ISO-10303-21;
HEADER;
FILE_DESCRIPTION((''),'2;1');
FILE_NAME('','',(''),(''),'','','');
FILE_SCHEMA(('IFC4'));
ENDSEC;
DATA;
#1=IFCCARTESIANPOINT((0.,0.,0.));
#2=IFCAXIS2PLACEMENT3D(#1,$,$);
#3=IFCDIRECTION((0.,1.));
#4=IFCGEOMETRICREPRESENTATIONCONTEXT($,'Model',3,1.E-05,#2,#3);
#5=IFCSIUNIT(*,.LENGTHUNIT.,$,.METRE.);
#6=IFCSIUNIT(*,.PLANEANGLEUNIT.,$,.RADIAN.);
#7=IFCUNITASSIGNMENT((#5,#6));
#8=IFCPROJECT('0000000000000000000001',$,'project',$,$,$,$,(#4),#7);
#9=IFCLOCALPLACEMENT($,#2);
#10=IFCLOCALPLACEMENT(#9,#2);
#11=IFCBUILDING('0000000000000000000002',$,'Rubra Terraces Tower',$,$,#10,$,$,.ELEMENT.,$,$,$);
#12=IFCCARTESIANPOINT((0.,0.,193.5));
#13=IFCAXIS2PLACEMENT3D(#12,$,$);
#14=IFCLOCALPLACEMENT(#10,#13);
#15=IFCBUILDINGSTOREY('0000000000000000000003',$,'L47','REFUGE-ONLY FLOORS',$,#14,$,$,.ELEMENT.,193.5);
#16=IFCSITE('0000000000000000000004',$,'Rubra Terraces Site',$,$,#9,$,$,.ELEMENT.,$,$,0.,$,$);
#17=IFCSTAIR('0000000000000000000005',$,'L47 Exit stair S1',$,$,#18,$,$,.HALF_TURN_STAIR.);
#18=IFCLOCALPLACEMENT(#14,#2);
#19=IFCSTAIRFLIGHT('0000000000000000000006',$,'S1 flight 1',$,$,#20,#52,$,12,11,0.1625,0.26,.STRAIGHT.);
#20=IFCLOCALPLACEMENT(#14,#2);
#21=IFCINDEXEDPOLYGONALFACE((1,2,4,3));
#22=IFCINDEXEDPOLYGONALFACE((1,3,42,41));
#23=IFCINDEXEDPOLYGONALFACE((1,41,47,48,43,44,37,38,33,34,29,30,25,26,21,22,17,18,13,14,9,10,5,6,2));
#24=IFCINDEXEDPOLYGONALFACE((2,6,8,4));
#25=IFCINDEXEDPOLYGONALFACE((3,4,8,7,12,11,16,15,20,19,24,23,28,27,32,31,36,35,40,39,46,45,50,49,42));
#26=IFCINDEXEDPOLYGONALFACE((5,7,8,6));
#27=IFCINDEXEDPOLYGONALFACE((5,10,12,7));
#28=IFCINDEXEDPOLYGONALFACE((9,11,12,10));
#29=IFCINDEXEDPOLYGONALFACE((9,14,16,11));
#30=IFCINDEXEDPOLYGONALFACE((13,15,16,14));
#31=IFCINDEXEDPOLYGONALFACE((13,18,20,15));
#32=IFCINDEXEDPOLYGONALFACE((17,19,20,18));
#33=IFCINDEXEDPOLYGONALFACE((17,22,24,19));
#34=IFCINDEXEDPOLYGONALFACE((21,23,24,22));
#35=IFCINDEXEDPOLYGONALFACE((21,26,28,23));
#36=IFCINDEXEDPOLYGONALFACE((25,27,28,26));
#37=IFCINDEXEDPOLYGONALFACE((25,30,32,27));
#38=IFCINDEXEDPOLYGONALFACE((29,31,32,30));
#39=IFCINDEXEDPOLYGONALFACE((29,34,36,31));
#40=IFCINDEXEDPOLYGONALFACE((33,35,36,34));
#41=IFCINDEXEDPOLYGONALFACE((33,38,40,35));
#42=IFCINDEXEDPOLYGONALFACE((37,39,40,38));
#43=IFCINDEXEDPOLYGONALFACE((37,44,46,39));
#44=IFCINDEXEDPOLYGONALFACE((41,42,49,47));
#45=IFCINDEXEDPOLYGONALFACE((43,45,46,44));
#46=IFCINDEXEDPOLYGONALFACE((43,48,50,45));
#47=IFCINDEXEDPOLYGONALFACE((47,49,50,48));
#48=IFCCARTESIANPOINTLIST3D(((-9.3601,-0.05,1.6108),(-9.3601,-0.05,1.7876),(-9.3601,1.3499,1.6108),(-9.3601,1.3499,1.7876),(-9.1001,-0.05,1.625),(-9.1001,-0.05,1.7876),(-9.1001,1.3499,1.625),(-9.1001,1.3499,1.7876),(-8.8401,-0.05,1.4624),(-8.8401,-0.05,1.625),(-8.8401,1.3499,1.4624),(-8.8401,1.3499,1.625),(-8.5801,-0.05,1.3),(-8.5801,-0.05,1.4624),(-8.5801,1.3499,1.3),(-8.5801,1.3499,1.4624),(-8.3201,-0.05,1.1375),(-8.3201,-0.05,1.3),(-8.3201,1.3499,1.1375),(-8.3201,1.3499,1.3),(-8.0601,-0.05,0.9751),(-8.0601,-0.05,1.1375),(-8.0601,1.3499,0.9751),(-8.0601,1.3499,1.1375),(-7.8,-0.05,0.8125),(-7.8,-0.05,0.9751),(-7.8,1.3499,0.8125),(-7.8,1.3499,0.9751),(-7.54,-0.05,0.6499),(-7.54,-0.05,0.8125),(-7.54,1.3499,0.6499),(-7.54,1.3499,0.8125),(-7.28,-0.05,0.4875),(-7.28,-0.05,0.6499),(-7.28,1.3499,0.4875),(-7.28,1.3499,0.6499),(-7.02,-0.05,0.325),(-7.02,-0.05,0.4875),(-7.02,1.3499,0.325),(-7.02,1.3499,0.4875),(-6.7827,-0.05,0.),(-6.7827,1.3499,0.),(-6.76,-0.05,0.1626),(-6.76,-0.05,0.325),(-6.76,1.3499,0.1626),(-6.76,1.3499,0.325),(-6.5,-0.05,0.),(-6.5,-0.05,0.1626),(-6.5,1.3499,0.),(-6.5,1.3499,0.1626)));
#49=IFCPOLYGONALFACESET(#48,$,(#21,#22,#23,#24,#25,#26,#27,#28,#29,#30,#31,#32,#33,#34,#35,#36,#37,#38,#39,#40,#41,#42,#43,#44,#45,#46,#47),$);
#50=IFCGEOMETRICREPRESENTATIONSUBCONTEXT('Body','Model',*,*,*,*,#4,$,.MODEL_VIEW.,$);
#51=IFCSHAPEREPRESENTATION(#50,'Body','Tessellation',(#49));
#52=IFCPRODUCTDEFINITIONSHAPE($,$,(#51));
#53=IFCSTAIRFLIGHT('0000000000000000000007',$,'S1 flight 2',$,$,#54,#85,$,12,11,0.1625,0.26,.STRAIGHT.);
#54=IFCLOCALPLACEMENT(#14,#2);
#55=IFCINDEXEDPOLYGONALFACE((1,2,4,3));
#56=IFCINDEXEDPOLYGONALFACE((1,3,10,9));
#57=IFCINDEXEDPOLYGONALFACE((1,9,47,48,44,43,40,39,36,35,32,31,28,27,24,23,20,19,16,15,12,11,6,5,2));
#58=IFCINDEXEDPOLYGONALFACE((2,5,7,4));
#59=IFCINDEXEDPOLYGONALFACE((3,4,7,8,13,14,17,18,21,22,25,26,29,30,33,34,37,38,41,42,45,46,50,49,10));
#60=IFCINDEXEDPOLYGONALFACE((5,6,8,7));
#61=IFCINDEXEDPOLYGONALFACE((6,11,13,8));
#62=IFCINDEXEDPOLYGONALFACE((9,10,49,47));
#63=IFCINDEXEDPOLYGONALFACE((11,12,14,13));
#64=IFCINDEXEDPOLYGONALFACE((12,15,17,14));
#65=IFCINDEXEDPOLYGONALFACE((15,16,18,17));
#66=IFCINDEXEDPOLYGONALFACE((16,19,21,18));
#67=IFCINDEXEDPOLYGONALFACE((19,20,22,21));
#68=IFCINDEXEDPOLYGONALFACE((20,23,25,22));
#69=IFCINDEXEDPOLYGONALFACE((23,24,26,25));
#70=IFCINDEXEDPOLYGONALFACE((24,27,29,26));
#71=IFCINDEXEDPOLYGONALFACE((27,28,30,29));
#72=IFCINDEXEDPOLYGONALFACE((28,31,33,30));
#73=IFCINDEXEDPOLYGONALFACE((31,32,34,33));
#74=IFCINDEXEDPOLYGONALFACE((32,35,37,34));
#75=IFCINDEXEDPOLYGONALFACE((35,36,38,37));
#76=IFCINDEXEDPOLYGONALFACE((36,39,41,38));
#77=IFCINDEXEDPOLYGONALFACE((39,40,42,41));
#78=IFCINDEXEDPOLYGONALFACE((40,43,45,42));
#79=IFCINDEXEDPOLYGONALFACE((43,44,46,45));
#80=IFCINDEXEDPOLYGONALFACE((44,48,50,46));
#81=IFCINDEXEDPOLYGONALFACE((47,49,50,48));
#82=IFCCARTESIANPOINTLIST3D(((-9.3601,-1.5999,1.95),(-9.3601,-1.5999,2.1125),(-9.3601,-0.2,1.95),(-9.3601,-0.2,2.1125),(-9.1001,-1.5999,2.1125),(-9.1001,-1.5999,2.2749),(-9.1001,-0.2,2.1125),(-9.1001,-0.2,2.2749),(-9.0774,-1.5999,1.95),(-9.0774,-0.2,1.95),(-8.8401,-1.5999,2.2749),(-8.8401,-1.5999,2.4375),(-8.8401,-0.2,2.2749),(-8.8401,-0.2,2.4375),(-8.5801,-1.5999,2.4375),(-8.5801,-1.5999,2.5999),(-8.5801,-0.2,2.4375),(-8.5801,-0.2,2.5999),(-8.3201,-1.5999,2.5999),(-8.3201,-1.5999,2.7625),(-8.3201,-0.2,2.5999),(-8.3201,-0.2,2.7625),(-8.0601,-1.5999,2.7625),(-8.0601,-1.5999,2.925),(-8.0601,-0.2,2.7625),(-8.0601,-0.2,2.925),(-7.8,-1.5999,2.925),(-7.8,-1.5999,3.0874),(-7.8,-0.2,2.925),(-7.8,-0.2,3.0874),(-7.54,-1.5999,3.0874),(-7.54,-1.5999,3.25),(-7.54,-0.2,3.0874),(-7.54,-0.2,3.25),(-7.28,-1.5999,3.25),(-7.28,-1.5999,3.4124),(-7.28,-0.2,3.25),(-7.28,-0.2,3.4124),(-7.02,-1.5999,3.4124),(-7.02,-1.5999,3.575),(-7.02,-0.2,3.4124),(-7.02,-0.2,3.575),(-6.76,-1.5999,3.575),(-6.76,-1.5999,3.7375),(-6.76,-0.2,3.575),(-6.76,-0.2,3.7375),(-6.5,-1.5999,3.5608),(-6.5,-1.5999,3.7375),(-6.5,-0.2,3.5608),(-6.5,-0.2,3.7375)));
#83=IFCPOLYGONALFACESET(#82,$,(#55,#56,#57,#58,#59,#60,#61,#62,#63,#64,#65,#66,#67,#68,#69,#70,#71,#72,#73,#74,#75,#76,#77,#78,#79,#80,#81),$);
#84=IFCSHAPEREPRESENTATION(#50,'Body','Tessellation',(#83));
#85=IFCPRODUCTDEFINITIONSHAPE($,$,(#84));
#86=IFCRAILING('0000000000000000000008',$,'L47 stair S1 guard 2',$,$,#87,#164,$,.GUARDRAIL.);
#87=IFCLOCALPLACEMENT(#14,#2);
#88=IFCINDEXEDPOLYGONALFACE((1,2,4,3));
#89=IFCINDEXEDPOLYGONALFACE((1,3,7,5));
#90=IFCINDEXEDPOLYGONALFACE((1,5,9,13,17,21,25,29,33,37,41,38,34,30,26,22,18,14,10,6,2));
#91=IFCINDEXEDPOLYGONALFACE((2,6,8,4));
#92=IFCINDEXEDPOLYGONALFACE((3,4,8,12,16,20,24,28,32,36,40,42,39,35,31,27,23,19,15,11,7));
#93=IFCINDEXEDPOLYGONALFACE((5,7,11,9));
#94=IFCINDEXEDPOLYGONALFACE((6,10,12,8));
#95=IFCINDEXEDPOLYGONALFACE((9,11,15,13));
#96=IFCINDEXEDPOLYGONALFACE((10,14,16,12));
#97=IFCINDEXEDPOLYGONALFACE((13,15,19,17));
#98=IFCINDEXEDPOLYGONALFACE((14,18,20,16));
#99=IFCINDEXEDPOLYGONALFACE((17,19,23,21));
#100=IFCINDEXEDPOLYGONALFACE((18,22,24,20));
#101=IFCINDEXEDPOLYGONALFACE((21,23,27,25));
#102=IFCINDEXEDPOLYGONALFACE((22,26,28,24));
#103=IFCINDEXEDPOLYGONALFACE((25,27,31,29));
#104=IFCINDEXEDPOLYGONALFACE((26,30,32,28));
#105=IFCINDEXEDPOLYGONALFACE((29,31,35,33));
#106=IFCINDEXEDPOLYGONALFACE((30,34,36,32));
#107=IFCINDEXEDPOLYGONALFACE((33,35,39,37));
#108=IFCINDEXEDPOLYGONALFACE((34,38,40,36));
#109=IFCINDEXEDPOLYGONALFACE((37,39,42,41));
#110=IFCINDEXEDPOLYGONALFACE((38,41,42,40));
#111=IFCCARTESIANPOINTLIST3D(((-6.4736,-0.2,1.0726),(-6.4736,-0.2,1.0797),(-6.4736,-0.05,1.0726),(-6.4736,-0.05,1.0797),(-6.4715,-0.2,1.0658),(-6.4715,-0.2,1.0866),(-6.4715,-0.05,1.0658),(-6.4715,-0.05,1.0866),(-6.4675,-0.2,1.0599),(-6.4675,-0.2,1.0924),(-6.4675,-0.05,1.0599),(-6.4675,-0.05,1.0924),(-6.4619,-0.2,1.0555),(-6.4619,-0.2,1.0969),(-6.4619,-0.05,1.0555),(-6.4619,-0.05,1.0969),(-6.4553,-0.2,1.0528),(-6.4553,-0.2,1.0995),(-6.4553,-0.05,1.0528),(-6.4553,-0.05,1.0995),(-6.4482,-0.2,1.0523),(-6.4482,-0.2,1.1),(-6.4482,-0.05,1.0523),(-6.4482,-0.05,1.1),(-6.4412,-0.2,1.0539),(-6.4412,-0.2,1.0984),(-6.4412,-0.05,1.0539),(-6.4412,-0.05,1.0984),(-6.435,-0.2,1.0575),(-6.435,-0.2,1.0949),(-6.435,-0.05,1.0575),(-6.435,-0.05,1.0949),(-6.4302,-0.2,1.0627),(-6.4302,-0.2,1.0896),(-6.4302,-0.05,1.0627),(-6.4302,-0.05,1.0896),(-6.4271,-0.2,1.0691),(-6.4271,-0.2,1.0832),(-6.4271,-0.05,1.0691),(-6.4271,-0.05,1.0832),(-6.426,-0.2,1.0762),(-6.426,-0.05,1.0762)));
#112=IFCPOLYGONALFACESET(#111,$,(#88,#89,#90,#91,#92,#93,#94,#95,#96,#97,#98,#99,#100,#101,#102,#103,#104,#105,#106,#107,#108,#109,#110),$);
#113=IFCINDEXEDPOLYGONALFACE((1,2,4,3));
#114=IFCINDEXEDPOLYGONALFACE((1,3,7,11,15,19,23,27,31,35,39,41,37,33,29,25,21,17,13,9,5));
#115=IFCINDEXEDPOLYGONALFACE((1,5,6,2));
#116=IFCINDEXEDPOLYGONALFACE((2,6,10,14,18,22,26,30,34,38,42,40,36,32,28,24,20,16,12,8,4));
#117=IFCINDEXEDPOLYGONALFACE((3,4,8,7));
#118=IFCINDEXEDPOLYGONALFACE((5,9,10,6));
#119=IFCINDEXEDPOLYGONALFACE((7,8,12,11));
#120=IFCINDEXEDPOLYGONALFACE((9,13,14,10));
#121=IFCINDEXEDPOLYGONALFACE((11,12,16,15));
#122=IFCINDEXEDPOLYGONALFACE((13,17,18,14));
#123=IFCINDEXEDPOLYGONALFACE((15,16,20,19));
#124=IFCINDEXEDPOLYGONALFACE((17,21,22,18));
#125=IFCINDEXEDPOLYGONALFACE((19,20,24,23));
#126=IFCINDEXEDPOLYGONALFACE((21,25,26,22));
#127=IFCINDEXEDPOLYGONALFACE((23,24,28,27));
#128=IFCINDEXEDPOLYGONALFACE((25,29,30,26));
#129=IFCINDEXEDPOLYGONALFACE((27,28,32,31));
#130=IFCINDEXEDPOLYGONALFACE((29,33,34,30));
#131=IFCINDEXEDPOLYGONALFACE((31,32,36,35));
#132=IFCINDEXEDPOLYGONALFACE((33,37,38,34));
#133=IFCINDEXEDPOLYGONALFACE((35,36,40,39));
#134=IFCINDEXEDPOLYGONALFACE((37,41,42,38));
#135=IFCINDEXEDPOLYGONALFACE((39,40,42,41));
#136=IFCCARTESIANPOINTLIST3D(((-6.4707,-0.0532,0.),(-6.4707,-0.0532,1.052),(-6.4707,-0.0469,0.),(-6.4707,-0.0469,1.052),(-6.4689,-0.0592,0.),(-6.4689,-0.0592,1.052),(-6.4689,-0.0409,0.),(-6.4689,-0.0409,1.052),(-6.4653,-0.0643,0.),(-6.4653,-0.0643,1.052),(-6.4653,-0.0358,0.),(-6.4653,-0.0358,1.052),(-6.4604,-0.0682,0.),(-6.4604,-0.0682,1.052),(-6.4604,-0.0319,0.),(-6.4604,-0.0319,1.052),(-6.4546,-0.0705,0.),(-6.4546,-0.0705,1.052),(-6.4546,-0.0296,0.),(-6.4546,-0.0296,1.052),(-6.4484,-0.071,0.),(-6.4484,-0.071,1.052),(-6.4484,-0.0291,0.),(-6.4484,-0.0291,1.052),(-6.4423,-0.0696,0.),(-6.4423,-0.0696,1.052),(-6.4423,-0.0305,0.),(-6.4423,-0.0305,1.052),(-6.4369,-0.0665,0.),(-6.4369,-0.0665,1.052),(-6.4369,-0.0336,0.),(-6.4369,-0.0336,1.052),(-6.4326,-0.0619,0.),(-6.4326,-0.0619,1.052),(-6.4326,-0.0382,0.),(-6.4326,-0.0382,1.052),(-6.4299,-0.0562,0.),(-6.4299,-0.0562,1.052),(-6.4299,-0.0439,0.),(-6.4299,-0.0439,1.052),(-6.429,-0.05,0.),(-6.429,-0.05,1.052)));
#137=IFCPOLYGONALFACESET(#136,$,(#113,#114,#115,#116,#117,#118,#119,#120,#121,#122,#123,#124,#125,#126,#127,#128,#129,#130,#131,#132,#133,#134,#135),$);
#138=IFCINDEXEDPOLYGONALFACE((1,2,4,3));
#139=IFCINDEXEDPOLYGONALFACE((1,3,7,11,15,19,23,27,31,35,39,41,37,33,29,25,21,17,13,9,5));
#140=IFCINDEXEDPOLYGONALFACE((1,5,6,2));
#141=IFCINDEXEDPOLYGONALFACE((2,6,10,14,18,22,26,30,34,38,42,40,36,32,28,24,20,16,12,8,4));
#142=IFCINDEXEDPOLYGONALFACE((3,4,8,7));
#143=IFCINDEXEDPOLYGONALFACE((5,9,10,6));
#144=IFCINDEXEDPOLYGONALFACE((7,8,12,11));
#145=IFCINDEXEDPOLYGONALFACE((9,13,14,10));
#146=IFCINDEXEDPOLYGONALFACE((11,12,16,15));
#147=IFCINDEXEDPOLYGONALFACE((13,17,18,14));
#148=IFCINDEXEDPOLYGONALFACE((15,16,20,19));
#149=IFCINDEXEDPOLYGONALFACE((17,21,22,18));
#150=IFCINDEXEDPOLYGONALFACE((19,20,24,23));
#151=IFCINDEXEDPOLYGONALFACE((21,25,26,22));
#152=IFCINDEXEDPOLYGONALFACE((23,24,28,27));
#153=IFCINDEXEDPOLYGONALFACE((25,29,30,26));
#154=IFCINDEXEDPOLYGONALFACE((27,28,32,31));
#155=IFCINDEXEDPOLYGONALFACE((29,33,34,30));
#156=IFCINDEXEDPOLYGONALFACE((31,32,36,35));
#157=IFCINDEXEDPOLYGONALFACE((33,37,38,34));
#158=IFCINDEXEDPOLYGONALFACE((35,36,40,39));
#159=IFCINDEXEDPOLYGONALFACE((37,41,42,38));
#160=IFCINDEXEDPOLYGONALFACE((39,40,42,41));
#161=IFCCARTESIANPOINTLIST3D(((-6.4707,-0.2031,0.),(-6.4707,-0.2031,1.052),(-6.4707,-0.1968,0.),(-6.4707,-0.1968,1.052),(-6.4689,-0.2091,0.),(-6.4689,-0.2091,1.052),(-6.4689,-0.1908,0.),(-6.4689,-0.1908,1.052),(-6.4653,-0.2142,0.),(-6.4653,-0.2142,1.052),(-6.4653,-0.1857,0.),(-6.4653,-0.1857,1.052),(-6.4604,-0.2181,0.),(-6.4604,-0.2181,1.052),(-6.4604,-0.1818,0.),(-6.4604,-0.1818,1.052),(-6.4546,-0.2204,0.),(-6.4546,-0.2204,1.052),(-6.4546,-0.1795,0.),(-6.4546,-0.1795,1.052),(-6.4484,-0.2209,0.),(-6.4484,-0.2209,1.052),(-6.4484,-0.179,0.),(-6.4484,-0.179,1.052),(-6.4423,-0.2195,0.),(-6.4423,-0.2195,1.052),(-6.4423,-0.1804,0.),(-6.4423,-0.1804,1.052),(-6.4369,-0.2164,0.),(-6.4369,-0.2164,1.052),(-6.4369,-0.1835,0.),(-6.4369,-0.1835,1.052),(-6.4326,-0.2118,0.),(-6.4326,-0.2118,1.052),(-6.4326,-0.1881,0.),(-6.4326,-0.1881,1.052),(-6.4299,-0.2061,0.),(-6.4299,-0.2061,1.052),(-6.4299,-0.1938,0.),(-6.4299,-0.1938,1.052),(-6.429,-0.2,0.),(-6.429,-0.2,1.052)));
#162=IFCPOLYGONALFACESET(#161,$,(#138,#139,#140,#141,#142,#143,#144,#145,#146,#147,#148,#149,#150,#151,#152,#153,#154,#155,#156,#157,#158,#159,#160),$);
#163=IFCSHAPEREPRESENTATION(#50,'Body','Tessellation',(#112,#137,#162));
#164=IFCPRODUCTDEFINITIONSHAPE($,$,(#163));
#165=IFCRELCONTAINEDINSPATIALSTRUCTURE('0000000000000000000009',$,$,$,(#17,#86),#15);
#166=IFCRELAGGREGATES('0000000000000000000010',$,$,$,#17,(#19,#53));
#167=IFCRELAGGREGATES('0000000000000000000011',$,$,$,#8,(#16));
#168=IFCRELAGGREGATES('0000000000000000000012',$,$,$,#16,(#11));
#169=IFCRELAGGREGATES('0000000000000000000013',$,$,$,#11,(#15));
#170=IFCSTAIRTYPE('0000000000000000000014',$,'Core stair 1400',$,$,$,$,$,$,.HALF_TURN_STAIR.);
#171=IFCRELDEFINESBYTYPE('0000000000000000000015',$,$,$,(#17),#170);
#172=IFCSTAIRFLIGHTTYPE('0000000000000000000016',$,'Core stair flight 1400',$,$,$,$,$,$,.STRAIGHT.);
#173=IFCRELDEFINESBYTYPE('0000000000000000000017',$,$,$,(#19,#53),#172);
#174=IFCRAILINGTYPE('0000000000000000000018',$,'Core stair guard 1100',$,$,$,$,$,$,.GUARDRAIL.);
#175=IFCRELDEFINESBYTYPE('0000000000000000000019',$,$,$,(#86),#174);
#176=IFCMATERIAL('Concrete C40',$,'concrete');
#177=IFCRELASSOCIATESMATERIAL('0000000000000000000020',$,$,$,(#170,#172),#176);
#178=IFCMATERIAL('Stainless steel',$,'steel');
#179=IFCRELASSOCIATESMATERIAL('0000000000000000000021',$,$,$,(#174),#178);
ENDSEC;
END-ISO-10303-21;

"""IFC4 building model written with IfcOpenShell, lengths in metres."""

from ifc_helpers import new_model, si_unit, direction, frame, origin, origin_2d, place, context, subcontext, project, spatial, polyline, circle, outline, extrude, material, type_object, element, aggregate, save


model = new_model("IFC4")

# Units and contexts
model_context = context("Model", 3, precision=1e-05, world=origin(), true_north=direction((0.0, 1.0)))
body_context = subcontext(model_context, "Body", "Model", "MODEL_VIEW")
ifc_project = project(units=[si_unit("LENGTHUNIT", "METRE"), si_unit("PLANEANGLEUNIT", "RADIAN")], contexts=[model_context])

# Site, building, storey
site_placement = place(None, origin())
site = spatial("IfcSite", under=ifc_project, at=site_placement, Name="Rubra Terraces Site", CompositionType="ELEMENT", RefElevation=0.0)
building_placement = place(site_placement, origin())
building = spatial("IfcBuilding", under=site, at=building_placement, Name="Rubra Terraces Tower", CompositionType="ELEMENT")
storey_placement = place(building_placement, frame((0.0, 0.0, 193.5)))
storey = spatial("IfcBuildingStorey", under=building, at=storey_placement, Name="L47", Description="REFUGE-ONLY FLOORS", CompositionType="ELEMENT", Elevation=193.5)

# Shared definitions
ifc_material_1 = material(Name="Concrete C40", Category="concrete")

# Stair, stair flights
stair_type = type_object("IfcStairType", Name="Core stair 1400", PredefinedType="HALF_TURN_STAIR", material=ifc_material_1)
stair_placement = place(storey_placement, origin())
stair = element("IfcStair", 1, at=stair_placement, inside=storey, type_object=stair_type, Name="L47 Exit stair S1", PredefinedType="HALF_TURN_STAIR")
stair_flight_type = type_object("IfcStairFlightType", Name="Core stair flight 1400", PredefinedType="STRAIGHT", material=ifc_material_1)
stair_flight_1_placement = place(storey_placement, frame((-6.5, 0.6499, 0.0), z_axis=(0.0, 0.0, 1.0), x_axis=(-1.0, 0.0, 0.0)))
stair_flight_1 = element("IfcStairFlight", 2, at=stair_flight_1_placement, type_object=stair_flight_type, Name="S1 flight 1", NumberOfRisers=12, NumberOfTreads=11, PredefinedType="STRAIGHT", RiserHeight=0.1625, TreadLength=0.26, context=body_context, shape_type="SweptSolid", body=[
    extrude(outline(polyline([(0.0, 0.0), (0.0, 0.1626), (0.26, 0.1626), (0.26, 0.325), (0.52, 0.325), (0.52, 0.4875), (0.78, 0.4875), (0.78, 0.6499), (1.04, 0.6499), (1.04, 0.8125), (1.3, 0.8125), (1.3, 0.9751), (1.5601, 0.9751), (1.5601, 1.1375), (1.8201, 1.1375), (1.8201, 1.3), (2.0801, 1.3), (2.0801, 1.4624), (2.3401, 1.4624), (2.3401, 1.625), (2.6001, 1.625), (2.6001, 1.7876), (2.8601, 1.7876), (2.8601, 1.95), (2.8601, 1.6108), (0.2827, 0.0), (0.0, 0.0)])), frame((0.0, 0.7, 0.0), z_axis=(0.0, -1.0, 0.0), x_axis=(1.0, 0.0, 0.0)), (0.0, 0.0, 1.0), 1.3999),
])
stair_flight_2_placement = place(storey_placement, frame((-9.3601, -0.8999, 1.95), z_axis=(0.0, 0.0, 1.0), x_axis=(1.0, 0.0, 0.0)))
stair_flight_2 = element("IfcStairFlight", 3, at=stair_flight_2_placement, type_object=stair_flight_type, Name="S1 flight 2", NumberOfRisers=12, NumberOfTreads=11, PredefinedType="STRAIGHT", RiserHeight=0.1625, TreadLength=0.26, context=body_context, shape_type="SweptSolid", body=[
    extrude(outline(polyline([(0.0, 0.0), (0.0, 0.1626), (0.26, 0.1626), (0.26, 0.325), (0.52, 0.325), (0.52, 0.4875), (0.78, 0.4875), (0.78, 0.6499), (1.04, 0.6499), (1.04, 0.8125), (1.3, 0.8125), (1.3, 0.9751), (1.5601, 0.9751), (1.5601, 1.1375), (1.8201, 1.1375), (1.8201, 1.3), (2.0801, 1.3), (2.0801, 1.4624), (2.3401, 1.4624), (2.3401, 1.625), (2.6001, 1.625), (2.6001, 1.7876), (2.8601, 1.7876), (2.8601, 1.95), (2.8601, 1.6108), (0.2827, 0.0), (0.0, 0.0)])), frame((0.0, 0.7, 0.0), z_axis=(0.0, -1.0, 0.0), x_axis=(1.0, 0.0, 0.0)), (0.0, 0.0, 1.0), 1.3999),
])
aggregate(stair, [stair_flight_1, stair_flight_2])

# Railing
ifc_material_2 = material(Name="Stainless steel", Category="steel")
railing_type_1 = type_object("IfcRailingType", Name="Core stair guard 1100", PredefinedType="GUARDRAIL", material=ifc_material_2)
railing_1_placement = place(storey_placement, frame((-6.45, -0.05, 0.0)))
element("IfcRailing", 4, at=railing_1_placement, inside=storey, type_object=railing_type_1, Name="L47 stair S1 guard 2", PredefinedType="GUARDRAIL", context=body_context, shape_type="SweptSolid", body=[
    extrude(circle(Radius=0.0239, at=origin_2d()), frame((0.0, 0.0, 1.0762), z_axis=(0.0, -1.0, 0.0), x_axis=(1.0, 0.0, 0.0)), (0.0, 0.0, 1.0), 0.1499),
    extrude(circle(Radius=0.021, at=origin_2d()), origin(), (0.0, 0.0, 1.0), 1.052),
    extrude(circle(Radius=0.021, at=origin_2d()), frame((0.0, -0.1499, 0.0)), (0.0, 0.0, 1.0), 1.052),
])

save(model, "model.ifc")
